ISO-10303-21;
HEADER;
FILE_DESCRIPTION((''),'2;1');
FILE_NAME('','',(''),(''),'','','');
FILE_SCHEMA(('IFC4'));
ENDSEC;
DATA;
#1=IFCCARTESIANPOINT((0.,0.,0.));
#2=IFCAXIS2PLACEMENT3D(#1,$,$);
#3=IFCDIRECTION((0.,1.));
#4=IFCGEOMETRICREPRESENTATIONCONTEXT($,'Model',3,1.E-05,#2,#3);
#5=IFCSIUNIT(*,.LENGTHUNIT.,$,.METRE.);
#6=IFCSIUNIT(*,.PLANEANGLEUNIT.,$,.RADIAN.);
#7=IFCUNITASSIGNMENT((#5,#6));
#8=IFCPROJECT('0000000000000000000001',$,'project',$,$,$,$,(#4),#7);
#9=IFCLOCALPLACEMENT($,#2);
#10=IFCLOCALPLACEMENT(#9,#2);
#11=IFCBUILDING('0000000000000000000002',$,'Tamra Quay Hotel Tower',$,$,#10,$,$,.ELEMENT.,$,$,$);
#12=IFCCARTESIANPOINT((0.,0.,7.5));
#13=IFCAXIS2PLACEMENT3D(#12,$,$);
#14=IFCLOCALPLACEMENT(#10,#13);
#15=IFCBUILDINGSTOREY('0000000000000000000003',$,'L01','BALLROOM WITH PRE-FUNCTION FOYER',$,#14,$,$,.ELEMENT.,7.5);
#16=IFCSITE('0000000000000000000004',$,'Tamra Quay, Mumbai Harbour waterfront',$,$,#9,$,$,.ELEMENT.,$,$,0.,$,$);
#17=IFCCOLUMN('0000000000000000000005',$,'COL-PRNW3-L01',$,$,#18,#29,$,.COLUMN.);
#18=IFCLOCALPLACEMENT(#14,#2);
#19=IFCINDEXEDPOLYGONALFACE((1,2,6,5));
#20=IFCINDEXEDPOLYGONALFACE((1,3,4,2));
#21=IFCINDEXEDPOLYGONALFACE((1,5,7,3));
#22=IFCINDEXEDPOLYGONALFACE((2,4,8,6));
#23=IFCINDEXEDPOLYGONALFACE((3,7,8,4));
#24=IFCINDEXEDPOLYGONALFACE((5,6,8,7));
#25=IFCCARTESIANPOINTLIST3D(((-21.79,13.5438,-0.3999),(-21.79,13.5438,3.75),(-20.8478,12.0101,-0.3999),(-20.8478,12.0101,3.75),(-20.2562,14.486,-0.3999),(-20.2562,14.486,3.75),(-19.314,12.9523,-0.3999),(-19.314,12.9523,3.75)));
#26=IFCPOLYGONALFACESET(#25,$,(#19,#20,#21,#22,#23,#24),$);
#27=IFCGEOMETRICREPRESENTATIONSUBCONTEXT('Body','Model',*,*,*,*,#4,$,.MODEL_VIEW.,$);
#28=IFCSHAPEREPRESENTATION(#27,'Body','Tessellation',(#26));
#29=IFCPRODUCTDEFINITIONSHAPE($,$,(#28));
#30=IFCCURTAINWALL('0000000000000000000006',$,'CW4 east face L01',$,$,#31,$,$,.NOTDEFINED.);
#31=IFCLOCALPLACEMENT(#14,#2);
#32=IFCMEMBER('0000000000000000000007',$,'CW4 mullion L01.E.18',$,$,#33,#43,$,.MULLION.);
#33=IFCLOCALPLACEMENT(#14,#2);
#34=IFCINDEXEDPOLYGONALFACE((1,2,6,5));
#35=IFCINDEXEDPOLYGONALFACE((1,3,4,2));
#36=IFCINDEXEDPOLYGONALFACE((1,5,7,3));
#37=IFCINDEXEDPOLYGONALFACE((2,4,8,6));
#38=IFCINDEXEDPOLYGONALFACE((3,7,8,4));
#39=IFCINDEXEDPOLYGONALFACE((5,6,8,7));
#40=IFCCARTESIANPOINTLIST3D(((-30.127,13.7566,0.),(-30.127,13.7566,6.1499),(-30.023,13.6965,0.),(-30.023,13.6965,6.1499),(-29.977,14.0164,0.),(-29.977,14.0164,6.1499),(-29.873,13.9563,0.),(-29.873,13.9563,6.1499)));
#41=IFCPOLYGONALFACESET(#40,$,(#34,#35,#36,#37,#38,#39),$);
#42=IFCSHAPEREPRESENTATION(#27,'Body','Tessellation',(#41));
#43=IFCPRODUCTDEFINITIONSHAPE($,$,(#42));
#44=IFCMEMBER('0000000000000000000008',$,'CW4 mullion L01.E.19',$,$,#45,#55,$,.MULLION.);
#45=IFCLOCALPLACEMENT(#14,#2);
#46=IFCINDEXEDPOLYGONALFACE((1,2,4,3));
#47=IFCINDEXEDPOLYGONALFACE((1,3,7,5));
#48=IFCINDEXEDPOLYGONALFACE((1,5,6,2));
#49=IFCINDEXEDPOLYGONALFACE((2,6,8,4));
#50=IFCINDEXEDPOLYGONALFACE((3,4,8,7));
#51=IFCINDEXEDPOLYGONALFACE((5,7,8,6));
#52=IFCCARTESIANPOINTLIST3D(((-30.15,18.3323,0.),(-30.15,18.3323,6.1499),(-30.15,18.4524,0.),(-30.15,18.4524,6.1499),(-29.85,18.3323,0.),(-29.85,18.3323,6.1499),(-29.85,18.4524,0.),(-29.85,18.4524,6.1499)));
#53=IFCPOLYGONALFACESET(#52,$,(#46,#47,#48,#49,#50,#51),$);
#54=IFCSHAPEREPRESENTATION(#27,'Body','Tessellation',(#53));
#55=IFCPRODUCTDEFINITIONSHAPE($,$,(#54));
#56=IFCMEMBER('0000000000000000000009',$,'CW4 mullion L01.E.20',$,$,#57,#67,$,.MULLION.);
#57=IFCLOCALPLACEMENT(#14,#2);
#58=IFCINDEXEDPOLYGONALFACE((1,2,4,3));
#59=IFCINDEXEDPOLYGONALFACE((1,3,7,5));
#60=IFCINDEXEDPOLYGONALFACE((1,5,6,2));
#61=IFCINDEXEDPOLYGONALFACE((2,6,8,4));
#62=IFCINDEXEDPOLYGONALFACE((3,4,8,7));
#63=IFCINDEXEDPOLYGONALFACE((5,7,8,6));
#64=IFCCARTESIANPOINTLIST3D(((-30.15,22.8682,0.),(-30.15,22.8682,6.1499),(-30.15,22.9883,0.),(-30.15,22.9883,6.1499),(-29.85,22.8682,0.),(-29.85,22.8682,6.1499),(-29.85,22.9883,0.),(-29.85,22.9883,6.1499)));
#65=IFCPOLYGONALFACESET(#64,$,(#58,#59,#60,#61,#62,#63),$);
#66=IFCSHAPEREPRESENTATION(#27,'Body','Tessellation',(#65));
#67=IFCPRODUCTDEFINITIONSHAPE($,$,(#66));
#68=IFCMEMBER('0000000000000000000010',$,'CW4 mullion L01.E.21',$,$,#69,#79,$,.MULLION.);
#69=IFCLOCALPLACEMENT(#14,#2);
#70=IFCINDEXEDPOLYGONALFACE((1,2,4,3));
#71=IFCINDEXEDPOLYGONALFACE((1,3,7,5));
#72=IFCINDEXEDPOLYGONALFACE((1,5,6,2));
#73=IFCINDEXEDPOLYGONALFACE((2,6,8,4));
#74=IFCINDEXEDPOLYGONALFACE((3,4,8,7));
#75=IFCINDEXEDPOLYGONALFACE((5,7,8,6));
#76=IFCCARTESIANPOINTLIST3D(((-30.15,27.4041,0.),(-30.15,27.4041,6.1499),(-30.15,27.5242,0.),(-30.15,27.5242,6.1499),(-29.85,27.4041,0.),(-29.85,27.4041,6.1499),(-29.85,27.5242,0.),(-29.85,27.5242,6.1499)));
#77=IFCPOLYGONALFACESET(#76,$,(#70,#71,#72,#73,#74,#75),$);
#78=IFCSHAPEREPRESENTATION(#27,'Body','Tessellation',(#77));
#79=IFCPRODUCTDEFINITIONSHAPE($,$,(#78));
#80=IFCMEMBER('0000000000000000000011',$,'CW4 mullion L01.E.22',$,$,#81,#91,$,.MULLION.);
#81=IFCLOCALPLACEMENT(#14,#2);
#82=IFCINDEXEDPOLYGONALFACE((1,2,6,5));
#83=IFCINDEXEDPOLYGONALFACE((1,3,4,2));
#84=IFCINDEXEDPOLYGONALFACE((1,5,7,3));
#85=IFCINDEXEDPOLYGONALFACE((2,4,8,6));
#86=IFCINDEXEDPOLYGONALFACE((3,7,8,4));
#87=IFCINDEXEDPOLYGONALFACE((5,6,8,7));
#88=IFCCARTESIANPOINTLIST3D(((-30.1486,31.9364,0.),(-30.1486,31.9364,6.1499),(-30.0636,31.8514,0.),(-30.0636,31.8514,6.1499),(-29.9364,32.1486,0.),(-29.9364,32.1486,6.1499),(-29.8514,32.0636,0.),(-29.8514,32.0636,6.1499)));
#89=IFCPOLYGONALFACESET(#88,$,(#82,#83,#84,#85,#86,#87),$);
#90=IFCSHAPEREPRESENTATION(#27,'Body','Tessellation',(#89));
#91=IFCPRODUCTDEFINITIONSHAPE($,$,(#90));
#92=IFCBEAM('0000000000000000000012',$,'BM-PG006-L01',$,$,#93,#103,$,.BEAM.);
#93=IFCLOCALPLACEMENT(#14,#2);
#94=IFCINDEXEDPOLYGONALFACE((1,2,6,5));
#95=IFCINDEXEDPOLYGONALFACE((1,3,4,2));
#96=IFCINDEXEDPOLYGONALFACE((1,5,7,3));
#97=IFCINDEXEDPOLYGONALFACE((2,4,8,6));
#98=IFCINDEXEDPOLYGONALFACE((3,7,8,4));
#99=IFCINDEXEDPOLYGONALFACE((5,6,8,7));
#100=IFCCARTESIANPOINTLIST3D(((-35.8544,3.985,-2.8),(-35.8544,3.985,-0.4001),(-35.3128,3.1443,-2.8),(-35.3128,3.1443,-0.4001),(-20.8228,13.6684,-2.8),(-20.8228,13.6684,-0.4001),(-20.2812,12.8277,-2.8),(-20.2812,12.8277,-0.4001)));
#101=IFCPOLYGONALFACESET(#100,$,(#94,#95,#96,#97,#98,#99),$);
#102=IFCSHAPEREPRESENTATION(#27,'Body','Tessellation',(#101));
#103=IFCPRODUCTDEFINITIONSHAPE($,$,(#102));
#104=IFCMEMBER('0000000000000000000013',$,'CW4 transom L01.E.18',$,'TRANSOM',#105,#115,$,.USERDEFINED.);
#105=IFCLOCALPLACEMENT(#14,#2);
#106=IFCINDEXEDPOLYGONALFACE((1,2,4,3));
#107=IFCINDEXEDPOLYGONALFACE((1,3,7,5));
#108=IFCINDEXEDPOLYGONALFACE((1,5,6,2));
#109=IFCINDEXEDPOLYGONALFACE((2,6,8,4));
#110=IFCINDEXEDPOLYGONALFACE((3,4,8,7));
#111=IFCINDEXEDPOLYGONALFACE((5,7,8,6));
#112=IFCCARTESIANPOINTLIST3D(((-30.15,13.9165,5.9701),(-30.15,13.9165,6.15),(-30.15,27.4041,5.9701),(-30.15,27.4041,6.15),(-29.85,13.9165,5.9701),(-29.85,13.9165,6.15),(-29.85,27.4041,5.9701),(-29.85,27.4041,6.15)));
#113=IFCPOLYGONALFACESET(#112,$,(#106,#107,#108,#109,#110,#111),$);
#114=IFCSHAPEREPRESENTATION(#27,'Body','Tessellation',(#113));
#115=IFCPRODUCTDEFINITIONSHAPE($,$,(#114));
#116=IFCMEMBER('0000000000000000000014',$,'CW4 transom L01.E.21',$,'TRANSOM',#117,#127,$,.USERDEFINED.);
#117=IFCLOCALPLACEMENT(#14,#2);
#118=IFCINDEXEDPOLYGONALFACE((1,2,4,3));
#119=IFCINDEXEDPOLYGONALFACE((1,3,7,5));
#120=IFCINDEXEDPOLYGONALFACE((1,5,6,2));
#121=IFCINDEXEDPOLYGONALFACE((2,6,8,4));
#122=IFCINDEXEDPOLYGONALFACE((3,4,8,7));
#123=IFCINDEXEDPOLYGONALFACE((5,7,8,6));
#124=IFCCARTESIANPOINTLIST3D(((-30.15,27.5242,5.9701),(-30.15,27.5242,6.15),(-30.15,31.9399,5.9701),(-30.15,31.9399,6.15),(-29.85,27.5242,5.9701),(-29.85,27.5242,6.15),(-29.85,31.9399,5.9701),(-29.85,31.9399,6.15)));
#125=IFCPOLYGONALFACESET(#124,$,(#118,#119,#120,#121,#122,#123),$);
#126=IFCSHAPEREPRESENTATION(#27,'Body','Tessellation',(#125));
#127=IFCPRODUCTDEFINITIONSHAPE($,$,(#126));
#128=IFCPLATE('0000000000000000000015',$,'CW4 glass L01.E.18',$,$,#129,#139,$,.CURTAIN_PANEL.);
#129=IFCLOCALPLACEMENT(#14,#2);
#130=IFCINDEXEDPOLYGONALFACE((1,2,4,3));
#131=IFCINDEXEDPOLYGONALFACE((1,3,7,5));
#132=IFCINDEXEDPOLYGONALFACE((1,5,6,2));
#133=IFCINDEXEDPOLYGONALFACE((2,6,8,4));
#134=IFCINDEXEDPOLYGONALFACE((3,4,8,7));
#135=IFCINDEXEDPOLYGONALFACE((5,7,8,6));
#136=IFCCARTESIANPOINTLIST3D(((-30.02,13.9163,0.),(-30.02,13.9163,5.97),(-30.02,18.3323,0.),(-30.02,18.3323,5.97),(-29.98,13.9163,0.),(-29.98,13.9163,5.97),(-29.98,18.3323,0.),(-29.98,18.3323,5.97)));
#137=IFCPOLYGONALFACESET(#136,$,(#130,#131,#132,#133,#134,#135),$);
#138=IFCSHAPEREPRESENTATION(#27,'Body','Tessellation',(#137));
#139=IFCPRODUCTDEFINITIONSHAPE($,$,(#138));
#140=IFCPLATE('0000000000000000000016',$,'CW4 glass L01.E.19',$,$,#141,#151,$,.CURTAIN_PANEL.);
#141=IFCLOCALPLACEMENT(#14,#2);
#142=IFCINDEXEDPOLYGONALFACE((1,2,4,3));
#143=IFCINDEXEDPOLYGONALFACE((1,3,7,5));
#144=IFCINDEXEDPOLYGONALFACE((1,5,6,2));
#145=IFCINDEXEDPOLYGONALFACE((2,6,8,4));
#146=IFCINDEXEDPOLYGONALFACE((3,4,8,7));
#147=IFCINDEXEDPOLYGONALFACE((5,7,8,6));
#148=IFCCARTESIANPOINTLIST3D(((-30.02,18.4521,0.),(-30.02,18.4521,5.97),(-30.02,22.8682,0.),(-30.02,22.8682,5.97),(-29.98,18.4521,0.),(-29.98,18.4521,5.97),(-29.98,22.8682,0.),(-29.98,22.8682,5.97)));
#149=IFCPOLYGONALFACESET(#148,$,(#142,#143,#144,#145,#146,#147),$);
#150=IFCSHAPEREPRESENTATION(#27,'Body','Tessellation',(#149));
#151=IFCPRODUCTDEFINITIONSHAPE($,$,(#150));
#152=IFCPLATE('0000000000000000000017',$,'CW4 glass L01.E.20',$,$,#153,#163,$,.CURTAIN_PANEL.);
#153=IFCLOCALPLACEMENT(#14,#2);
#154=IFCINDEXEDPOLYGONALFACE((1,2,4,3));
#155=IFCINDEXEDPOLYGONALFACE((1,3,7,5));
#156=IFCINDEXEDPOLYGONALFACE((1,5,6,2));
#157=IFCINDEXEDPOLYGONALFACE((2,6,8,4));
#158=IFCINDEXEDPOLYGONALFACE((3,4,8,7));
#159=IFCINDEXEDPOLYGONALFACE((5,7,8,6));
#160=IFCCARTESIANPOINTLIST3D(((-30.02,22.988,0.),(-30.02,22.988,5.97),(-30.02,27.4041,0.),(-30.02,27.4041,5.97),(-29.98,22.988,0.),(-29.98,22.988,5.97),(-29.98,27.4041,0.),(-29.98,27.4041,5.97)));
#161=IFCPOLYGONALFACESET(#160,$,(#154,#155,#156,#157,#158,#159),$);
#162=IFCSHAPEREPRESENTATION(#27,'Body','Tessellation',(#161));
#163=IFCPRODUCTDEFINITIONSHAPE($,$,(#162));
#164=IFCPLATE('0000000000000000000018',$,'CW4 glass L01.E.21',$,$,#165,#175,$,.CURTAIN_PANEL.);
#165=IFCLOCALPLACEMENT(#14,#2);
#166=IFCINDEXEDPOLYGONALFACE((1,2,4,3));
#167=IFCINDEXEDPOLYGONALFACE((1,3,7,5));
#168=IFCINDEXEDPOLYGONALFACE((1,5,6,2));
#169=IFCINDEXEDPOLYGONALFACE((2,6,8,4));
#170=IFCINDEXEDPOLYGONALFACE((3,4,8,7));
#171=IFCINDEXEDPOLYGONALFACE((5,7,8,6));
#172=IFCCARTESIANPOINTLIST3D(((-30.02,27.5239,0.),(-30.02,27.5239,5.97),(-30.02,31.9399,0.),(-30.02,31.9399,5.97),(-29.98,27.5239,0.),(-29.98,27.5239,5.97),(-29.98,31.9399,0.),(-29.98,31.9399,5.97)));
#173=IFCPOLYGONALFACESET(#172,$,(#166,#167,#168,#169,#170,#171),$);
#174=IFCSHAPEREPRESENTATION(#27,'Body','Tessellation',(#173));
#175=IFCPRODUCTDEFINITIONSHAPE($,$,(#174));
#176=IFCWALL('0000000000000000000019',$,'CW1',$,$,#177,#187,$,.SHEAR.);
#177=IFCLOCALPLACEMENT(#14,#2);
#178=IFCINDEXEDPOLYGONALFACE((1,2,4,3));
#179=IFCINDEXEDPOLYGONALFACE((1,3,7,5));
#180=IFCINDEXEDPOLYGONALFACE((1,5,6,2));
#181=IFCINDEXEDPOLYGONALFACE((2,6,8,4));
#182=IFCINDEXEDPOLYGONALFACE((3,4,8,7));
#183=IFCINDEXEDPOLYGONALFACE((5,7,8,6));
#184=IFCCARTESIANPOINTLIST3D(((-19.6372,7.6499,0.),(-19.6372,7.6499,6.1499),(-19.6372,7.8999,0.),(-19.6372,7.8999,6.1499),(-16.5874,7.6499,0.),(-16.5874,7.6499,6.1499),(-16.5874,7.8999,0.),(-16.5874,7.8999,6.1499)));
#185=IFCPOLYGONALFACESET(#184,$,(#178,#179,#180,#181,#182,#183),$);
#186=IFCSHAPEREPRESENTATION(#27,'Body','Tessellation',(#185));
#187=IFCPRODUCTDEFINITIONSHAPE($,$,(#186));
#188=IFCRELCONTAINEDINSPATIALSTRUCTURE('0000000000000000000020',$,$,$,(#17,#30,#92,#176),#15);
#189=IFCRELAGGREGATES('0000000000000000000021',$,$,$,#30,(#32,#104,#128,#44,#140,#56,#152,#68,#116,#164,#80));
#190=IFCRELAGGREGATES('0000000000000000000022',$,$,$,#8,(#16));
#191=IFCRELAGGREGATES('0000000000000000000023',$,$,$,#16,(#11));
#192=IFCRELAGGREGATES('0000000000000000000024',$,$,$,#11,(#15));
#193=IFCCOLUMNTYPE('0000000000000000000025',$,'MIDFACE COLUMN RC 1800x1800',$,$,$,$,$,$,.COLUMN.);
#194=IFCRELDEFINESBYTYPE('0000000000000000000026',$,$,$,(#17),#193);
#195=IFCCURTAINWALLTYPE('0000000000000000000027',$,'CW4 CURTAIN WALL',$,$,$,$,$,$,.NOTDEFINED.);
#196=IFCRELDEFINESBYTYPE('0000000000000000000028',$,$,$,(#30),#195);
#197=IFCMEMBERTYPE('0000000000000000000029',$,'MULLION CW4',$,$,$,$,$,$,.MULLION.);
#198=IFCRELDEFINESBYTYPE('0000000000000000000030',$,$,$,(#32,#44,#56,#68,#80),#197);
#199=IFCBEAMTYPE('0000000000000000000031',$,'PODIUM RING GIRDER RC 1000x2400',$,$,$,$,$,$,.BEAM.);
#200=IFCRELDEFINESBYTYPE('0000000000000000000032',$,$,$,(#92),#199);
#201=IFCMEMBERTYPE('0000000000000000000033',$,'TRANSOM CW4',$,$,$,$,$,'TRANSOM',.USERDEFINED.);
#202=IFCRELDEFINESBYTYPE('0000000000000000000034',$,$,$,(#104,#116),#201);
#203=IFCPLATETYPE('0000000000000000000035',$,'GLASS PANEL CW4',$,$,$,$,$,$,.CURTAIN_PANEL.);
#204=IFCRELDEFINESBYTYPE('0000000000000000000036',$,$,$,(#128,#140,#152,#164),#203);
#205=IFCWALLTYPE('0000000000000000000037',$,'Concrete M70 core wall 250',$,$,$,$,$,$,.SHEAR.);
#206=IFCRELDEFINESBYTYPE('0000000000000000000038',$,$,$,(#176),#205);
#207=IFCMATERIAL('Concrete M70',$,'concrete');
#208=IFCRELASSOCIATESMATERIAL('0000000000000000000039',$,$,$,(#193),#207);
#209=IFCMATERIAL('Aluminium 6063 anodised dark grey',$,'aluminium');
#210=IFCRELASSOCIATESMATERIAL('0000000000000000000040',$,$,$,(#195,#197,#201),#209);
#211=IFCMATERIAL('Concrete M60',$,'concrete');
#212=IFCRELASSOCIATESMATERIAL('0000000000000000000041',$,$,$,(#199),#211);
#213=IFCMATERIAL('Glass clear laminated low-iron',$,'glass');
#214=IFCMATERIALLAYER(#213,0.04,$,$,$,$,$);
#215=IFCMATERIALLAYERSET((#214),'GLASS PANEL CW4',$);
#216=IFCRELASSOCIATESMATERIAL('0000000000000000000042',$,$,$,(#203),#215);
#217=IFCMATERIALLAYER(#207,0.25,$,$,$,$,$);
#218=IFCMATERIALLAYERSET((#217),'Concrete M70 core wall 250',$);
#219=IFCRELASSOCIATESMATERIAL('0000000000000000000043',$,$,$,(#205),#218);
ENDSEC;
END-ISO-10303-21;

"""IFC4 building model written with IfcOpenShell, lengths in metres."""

from ifc_helpers import new_model, si_unit, direction, frame, frame_2d, origin, origin_2d, place, context, subcontext, project, spatial, rectangle, extrude, material, layer, layer_set, material_profile, profile_set, type_object, element, aggregate, save


model = new_model("IFC4")

# Units and contexts
model_context = context("Model", 3, precision=1e-05, world=origin(), true_north=direction((0.0, 1.0)))
body_context = subcontext(model_context, "Body", "Model", "MODEL_VIEW")
ifc_project = project(units=[si_unit("LENGTHUNIT", "METRE"), si_unit("PLANEANGLEUNIT", "RADIAN")], contexts=[model_context])

# Site, building, storey
site_placement = place(None, origin())
site = spatial("IfcSite", under=ifc_project, at=site_placement, Name="Tamra Quay, Mumbai Harbour waterfront", CompositionType="ELEMENT", RefElevation=0.0)
building_placement = place(site_placement, origin())
building = spatial("IfcBuilding", under=site, at=building_placement, Name="Tamra Quay Hotel Tower", CompositionType="ELEMENT")
storey_placement = place(building_placement, frame((0.0, 0.0, 7.5)))
storey = spatial("IfcBuildingStorey", under=building, at=storey_placement, Name="L01", Description="BALLROOM WITH PRE-FUNCTION FOYER", CompositionType="ELEMENT", Elevation=7.5)

# Column
ifc_material_1 = material(Name="Concrete M70", Category="concrete")
ifc_material_profile_1 = material_profile(ifc_material_1, rectangle(XDim=1.8, YDim=1.8, at=origin_2d()), Name="MIDFACE COLUMN RC 1800x1800")
ifc_profile_set_1 = profile_set([ifc_material_profile_1], Name="Concrete M70")
column_type = type_object("IfcColumnType", Name="MIDFACE COLUMN RC 1800x1800", PredefinedType="COLUMN", material=ifc_profile_set_1)
column_placement = place(storey_placement, frame((-20.552, 13.248, -0.3999), z_axis=(0.0, 0.0, 1.0), x_axis=(-0.52343, 0.852069, 0.0)))
element("IfcColumn", 1, at=column_placement, inside=storey, type_object=column_type, Name="COL-PRNW3-L01", PredefinedType="COLUMN", context=body_context, shape_type="SweptSolid", body=[
    extrude(rectangle(XDim=1.8, YDim=1.8, at=origin_2d()), origin(), (0.0, 0.0, 1.0), 4.1499),
])

# Curtain wall, members
ifc_material_2 = material(Name="Aluminium 6063 anodised dark grey", Category="aluminium")
curtain_wall_type = type_object("IfcCurtainWallType", Name="CW4 CURTAIN WALL", PredefinedType="NOTDEFINED", material=ifc_material_2)
curtain_wall_placement = place(storey_placement, origin())
curtain_wall = element("IfcCurtainWall", 2, at=curtain_wall_placement, inside=storey, type_object=curtain_wall_type, Name="CW4 east face L01", PredefinedType="NOTDEFINED")
ifc_material_profile_2 = material_profile(ifc_material_2, rectangle(XDim=0.3, YDim=0.1201, at=origin_2d()), Name="MULLION 120X300")
ifc_profile_set_2 = profile_set([ifc_material_profile_2], Name="Aluminium 6063 anodised dark grey")
member_type_1 = type_object("IfcMemberType", Name="MULLION CW4", PredefinedType="MULLION", material=ifc_profile_set_2)
member_1_placement = place(storey_placement, frame((-30.0, 13.8564, 0.0), z_axis=(0.0, 0.0, 1.0), x_axis=(0.500164, 0.865931, 0.0)))
member_1 = element("IfcMember", 3, at=member_1_placement, type_object=member_type_1, Name="CW4 mullion L01.E.18", PredefinedType="MULLION", context=body_context, shape_type="SweptSolid", body=[
    extrude(rectangle(XDim=0.3, YDim=0.1201, at=origin_2d()), origin(), (0.0, 0.0, 1.0), 6.1499),
])
member_2_placement = place(storey_placement, frame((-30.0, 18.3923, 0.0), z_axis=(0.0, 0.0, 1.0), x_axis=(1.0, 0.0, 0.0)))
member_2 = element("IfcMember", 4, at=member_2_placement, type_object=member_type_1, Name="CW4 mullion L01.E.19", PredefinedType="MULLION", context=body_context, shape_type="SweptSolid", body=[
    extrude(rectangle(XDim=0.3, YDim=0.1201, at=origin_2d()), origin(), (0.0, 0.0, 1.0), 6.1499),
])
member_3_placement = place(storey_placement, frame((-30.0, 22.9282, 0.0), z_axis=(0.0, 0.0, 1.0), x_axis=(1.0, 0.0, 0.0)))
member_3 = element("IfcMember", 5, at=member_3_placement, type_object=member_type_1, Name="CW4 mullion L01.E.20", PredefinedType="MULLION", context=body_context, shape_type="SweptSolid", body=[
    extrude(rectangle(XDim=0.3, YDim=0.1201, at=origin_2d()), origin(), (0.0, 0.0, 1.0), 6.1499),
])
member_4_placement = place(storey_placement, frame((-30.0, 27.4641, 0.0), z_axis=(0.0, 0.0, 1.0), x_axis=(1.0, 0.0, 0.0)))
member_4 = element("IfcMember", 6, at=member_4_placement, type_object=member_type_1, Name="CW4 mullion L01.E.21", PredefinedType="MULLION", context=body_context, shape_type="SweptSolid", body=[
    extrude(rectangle(XDim=0.3, YDim=0.1201, at=origin_2d()), origin(), (0.0, 0.0, 1.0), 6.1499),
])
member_5_placement = place(storey_placement, frame((-30.0, 32.0, 0.0), z_axis=(0.0, 0.0, 1.0), x_axis=(0.707107, 0.707107, 0.0)))
member_5 = element("IfcMember", 7, at=member_5_placement, type_object=member_type_1, Name="CW4 mullion L01.E.22", PredefinedType="MULLION", context=body_context, shape_type="SweptSolid", body=[
    extrude(rectangle(XDim=0.3, YDim=0.1201, at=origin_2d()), origin(), (0.0, 0.0, 1.0), 6.1499),
])

# Beam
ifc_material_3 = material(Name="Concrete M60", Category="concrete")
ifc_material_profile_3 = material_profile(ifc_material_3, rectangle(XDim=1.0, YDim=2.3999, at=origin_2d()), Name="PODIUM RING GIRDER RC 1000x2400")
ifc_profile_set_3 = profile_set([ifc_material_profile_3], Name="Concrete M60")
beam_type = type_object("IfcBeamType", Name="PODIUM RING GIRDER RC 1000x2400", PredefinedType="BEAM", material=ifc_profile_set_3)
beam_placement = place(storey_placement, frame((-20.552, 13.248, -1.6001), z_axis=(-0.840663, -0.541559, 0.0), x_axis=(0.541559, -0.840663, 0.0)))
element("IfcBeam", 8, at=beam_placement, inside=storey, type_object=beam_type, Name="BM-PG006-L01", PredefinedType="BEAM", context=body_context, shape_type="SweptSolid", body=[
    extrude(rectangle(XDim=1.0, YDim=2.3999, at=origin_2d()), origin(), (0.0, 0.0, 1.0), 17.8806),
])

# Members
ifc_material_profile_4 = material_profile(ifc_material_2, rectangle(XDim=0.3, YDim=0.1799, at=origin_2d()), Name="TRANSOM 300X180")
ifc_profile_set_4 = profile_set([ifc_material_profile_4], Name="Aluminium 6063 anodised dark grey")
member_type_2 = type_object("IfcMemberType", Name="TRANSOM CW4", ElementType="TRANSOM", PredefinedType="USERDEFINED", material=ifc_profile_set_4)
member_6_placement = place(storey_placement, frame((-30.0, 13.9165, 6.0601), z_axis=(0.0, 1.0, 0.0), x_axis=(-1.0, 0.0, 0.0)))
member_6 = element("IfcMember", 9, at=member_6_placement, type_object=member_type_2, Name="CW4 transom L01.E.18", ObjectType="TRANSOM", PredefinedType="USERDEFINED", context=body_context, shape_type="SweptSolid", body=[
    extrude(rectangle(XDim=0.3, YDim=0.1799, at=origin_2d()), origin(), (0.0, 0.0, 1.0), 13.4875),
])
member_7_placement = place(storey_placement, frame((-30.0, 27.5242, 6.0601), z_axis=(0.0, 1.0, 0.0), x_axis=(-1.0, 0.0, 0.0)))
member_7 = element("IfcMember", 10, at=member_7_placement, type_object=member_type_2, Name="CW4 transom L01.E.21", ObjectType="TRANSOM", PredefinedType="USERDEFINED", context=body_context, shape_type="SweptSolid", body=[
    extrude(rectangle(XDim=0.3, YDim=0.1799, at=origin_2d()), origin(), (0.0, 0.0, 1.0), 4.4158),
])

# Plates
ifc_material_4 = material(Name="Glass clear laminated low-iron", Category="glass")
ifc_layer_1 = layer(ifc_material_4, 0.04)
ifc_layer_set_1 = layer_set([ifc_layer_1], Name="GLASS PANEL CW4")
plate_type = type_object("IfcPlateType", Name="GLASS PANEL CW4", PredefinedType="CURTAIN_PANEL", material=ifc_layer_set_1)
plate_1_placement = place(storey_placement, frame((-30.0, 16.1243, 0.0), z_axis=(0.0, 0.0, 1.0), x_axis=(0.0, 1.0, 0.0)))
plate_1 = element("IfcPlate", 11, at=plate_1_placement, type_object=plate_type, Name="CW4 glass L01.E.18", PredefinedType="CURTAIN_PANEL", context=body_context, shape_type="SweptSolid", body=[
    extrude(rectangle(XDim=4.416, YDim=0.04, at=origin_2d()), origin(), (0.0, 0.0, 1.0), 5.97),
])
plate_2_placement = place(storey_placement, frame((-30.0, 20.6602, 0.0), z_axis=(0.0, 0.0, 1.0), x_axis=(0.0, 1.0, 0.0)))
plate_2 = element("IfcPlate", 12, at=plate_2_placement, type_object=plate_type, Name="CW4 glass L01.E.19", PredefinedType="CURTAIN_PANEL", context=body_context, shape_type="SweptSolid", body=[
    extrude(rectangle(XDim=4.416, YDim=0.04, at=origin_2d()), origin(), (0.0, 0.0, 1.0), 5.97),
])
plate_3_placement = place(storey_placement, frame((-30.0, 25.196, 0.0), z_axis=(0.0, 0.0, 1.0), x_axis=(0.0, 1.0, 0.0)))
plate_3 = element("IfcPlate", 13, at=plate_3_placement, type_object=plate_type, Name="CW4 glass L01.E.20", PredefinedType="CURTAIN_PANEL", context=body_context, shape_type="SweptSolid", body=[
    extrude(rectangle(XDim=4.416, YDim=0.04, at=origin_2d()), origin(), (0.0, 0.0, 1.0), 5.97),
])
plate_4_placement = place(storey_placement, frame((-30.0, 29.7319, 0.0), z_axis=(0.0, 0.0, 1.0), x_axis=(0.0, 1.0, 0.0)))
plate_4 = element("IfcPlate", 14, at=plate_4_placement, type_object=plate_type, Name="CW4 glass L01.E.21", PredefinedType="CURTAIN_PANEL", context=body_context, shape_type="SweptSolid", body=[
    extrude(rectangle(XDim=4.416, YDim=0.04, at=origin_2d()), origin(), (0.0, 0.0, 1.0), 5.97),
])
aggregate(curtain_wall, [member_1, member_6, plate_1, member_2, plate_2, member_3, plate_3, member_4, member_7, plate_4, member_5])

# Wall
ifc_layer_2 = layer(ifc_material_1, 0.25)
ifc_layer_set_2 = layer_set([ifc_layer_2], Name="Concrete M70 core wall 250")
wall_type_1 = type_object("IfcWallType", Name="Concrete M70 core wall 250", PredefinedType="SHEAR", material=ifc_layer_set_2)
wall_1_placement = place(storey_placement, frame((-19.6372, 7.7749, 0.0), z_axis=(0.0, 0.0, 1.0), x_axis=(1.0, 0.0, 0.0)))
element("IfcWall", 15, at=wall_1_placement, inside=storey, type_object=wall_type_1, Name="CW1", PredefinedType="SHEAR", context=body_context, shape_type="SweptSolid", body=[
    extrude(rectangle(XDim=3.0498, YDim=0.25, at=frame_2d((1.5249, 0.0))), origin(), (0.0, 0.0, 1.0), 6.1499),
])

save(model, "model.ifc")
